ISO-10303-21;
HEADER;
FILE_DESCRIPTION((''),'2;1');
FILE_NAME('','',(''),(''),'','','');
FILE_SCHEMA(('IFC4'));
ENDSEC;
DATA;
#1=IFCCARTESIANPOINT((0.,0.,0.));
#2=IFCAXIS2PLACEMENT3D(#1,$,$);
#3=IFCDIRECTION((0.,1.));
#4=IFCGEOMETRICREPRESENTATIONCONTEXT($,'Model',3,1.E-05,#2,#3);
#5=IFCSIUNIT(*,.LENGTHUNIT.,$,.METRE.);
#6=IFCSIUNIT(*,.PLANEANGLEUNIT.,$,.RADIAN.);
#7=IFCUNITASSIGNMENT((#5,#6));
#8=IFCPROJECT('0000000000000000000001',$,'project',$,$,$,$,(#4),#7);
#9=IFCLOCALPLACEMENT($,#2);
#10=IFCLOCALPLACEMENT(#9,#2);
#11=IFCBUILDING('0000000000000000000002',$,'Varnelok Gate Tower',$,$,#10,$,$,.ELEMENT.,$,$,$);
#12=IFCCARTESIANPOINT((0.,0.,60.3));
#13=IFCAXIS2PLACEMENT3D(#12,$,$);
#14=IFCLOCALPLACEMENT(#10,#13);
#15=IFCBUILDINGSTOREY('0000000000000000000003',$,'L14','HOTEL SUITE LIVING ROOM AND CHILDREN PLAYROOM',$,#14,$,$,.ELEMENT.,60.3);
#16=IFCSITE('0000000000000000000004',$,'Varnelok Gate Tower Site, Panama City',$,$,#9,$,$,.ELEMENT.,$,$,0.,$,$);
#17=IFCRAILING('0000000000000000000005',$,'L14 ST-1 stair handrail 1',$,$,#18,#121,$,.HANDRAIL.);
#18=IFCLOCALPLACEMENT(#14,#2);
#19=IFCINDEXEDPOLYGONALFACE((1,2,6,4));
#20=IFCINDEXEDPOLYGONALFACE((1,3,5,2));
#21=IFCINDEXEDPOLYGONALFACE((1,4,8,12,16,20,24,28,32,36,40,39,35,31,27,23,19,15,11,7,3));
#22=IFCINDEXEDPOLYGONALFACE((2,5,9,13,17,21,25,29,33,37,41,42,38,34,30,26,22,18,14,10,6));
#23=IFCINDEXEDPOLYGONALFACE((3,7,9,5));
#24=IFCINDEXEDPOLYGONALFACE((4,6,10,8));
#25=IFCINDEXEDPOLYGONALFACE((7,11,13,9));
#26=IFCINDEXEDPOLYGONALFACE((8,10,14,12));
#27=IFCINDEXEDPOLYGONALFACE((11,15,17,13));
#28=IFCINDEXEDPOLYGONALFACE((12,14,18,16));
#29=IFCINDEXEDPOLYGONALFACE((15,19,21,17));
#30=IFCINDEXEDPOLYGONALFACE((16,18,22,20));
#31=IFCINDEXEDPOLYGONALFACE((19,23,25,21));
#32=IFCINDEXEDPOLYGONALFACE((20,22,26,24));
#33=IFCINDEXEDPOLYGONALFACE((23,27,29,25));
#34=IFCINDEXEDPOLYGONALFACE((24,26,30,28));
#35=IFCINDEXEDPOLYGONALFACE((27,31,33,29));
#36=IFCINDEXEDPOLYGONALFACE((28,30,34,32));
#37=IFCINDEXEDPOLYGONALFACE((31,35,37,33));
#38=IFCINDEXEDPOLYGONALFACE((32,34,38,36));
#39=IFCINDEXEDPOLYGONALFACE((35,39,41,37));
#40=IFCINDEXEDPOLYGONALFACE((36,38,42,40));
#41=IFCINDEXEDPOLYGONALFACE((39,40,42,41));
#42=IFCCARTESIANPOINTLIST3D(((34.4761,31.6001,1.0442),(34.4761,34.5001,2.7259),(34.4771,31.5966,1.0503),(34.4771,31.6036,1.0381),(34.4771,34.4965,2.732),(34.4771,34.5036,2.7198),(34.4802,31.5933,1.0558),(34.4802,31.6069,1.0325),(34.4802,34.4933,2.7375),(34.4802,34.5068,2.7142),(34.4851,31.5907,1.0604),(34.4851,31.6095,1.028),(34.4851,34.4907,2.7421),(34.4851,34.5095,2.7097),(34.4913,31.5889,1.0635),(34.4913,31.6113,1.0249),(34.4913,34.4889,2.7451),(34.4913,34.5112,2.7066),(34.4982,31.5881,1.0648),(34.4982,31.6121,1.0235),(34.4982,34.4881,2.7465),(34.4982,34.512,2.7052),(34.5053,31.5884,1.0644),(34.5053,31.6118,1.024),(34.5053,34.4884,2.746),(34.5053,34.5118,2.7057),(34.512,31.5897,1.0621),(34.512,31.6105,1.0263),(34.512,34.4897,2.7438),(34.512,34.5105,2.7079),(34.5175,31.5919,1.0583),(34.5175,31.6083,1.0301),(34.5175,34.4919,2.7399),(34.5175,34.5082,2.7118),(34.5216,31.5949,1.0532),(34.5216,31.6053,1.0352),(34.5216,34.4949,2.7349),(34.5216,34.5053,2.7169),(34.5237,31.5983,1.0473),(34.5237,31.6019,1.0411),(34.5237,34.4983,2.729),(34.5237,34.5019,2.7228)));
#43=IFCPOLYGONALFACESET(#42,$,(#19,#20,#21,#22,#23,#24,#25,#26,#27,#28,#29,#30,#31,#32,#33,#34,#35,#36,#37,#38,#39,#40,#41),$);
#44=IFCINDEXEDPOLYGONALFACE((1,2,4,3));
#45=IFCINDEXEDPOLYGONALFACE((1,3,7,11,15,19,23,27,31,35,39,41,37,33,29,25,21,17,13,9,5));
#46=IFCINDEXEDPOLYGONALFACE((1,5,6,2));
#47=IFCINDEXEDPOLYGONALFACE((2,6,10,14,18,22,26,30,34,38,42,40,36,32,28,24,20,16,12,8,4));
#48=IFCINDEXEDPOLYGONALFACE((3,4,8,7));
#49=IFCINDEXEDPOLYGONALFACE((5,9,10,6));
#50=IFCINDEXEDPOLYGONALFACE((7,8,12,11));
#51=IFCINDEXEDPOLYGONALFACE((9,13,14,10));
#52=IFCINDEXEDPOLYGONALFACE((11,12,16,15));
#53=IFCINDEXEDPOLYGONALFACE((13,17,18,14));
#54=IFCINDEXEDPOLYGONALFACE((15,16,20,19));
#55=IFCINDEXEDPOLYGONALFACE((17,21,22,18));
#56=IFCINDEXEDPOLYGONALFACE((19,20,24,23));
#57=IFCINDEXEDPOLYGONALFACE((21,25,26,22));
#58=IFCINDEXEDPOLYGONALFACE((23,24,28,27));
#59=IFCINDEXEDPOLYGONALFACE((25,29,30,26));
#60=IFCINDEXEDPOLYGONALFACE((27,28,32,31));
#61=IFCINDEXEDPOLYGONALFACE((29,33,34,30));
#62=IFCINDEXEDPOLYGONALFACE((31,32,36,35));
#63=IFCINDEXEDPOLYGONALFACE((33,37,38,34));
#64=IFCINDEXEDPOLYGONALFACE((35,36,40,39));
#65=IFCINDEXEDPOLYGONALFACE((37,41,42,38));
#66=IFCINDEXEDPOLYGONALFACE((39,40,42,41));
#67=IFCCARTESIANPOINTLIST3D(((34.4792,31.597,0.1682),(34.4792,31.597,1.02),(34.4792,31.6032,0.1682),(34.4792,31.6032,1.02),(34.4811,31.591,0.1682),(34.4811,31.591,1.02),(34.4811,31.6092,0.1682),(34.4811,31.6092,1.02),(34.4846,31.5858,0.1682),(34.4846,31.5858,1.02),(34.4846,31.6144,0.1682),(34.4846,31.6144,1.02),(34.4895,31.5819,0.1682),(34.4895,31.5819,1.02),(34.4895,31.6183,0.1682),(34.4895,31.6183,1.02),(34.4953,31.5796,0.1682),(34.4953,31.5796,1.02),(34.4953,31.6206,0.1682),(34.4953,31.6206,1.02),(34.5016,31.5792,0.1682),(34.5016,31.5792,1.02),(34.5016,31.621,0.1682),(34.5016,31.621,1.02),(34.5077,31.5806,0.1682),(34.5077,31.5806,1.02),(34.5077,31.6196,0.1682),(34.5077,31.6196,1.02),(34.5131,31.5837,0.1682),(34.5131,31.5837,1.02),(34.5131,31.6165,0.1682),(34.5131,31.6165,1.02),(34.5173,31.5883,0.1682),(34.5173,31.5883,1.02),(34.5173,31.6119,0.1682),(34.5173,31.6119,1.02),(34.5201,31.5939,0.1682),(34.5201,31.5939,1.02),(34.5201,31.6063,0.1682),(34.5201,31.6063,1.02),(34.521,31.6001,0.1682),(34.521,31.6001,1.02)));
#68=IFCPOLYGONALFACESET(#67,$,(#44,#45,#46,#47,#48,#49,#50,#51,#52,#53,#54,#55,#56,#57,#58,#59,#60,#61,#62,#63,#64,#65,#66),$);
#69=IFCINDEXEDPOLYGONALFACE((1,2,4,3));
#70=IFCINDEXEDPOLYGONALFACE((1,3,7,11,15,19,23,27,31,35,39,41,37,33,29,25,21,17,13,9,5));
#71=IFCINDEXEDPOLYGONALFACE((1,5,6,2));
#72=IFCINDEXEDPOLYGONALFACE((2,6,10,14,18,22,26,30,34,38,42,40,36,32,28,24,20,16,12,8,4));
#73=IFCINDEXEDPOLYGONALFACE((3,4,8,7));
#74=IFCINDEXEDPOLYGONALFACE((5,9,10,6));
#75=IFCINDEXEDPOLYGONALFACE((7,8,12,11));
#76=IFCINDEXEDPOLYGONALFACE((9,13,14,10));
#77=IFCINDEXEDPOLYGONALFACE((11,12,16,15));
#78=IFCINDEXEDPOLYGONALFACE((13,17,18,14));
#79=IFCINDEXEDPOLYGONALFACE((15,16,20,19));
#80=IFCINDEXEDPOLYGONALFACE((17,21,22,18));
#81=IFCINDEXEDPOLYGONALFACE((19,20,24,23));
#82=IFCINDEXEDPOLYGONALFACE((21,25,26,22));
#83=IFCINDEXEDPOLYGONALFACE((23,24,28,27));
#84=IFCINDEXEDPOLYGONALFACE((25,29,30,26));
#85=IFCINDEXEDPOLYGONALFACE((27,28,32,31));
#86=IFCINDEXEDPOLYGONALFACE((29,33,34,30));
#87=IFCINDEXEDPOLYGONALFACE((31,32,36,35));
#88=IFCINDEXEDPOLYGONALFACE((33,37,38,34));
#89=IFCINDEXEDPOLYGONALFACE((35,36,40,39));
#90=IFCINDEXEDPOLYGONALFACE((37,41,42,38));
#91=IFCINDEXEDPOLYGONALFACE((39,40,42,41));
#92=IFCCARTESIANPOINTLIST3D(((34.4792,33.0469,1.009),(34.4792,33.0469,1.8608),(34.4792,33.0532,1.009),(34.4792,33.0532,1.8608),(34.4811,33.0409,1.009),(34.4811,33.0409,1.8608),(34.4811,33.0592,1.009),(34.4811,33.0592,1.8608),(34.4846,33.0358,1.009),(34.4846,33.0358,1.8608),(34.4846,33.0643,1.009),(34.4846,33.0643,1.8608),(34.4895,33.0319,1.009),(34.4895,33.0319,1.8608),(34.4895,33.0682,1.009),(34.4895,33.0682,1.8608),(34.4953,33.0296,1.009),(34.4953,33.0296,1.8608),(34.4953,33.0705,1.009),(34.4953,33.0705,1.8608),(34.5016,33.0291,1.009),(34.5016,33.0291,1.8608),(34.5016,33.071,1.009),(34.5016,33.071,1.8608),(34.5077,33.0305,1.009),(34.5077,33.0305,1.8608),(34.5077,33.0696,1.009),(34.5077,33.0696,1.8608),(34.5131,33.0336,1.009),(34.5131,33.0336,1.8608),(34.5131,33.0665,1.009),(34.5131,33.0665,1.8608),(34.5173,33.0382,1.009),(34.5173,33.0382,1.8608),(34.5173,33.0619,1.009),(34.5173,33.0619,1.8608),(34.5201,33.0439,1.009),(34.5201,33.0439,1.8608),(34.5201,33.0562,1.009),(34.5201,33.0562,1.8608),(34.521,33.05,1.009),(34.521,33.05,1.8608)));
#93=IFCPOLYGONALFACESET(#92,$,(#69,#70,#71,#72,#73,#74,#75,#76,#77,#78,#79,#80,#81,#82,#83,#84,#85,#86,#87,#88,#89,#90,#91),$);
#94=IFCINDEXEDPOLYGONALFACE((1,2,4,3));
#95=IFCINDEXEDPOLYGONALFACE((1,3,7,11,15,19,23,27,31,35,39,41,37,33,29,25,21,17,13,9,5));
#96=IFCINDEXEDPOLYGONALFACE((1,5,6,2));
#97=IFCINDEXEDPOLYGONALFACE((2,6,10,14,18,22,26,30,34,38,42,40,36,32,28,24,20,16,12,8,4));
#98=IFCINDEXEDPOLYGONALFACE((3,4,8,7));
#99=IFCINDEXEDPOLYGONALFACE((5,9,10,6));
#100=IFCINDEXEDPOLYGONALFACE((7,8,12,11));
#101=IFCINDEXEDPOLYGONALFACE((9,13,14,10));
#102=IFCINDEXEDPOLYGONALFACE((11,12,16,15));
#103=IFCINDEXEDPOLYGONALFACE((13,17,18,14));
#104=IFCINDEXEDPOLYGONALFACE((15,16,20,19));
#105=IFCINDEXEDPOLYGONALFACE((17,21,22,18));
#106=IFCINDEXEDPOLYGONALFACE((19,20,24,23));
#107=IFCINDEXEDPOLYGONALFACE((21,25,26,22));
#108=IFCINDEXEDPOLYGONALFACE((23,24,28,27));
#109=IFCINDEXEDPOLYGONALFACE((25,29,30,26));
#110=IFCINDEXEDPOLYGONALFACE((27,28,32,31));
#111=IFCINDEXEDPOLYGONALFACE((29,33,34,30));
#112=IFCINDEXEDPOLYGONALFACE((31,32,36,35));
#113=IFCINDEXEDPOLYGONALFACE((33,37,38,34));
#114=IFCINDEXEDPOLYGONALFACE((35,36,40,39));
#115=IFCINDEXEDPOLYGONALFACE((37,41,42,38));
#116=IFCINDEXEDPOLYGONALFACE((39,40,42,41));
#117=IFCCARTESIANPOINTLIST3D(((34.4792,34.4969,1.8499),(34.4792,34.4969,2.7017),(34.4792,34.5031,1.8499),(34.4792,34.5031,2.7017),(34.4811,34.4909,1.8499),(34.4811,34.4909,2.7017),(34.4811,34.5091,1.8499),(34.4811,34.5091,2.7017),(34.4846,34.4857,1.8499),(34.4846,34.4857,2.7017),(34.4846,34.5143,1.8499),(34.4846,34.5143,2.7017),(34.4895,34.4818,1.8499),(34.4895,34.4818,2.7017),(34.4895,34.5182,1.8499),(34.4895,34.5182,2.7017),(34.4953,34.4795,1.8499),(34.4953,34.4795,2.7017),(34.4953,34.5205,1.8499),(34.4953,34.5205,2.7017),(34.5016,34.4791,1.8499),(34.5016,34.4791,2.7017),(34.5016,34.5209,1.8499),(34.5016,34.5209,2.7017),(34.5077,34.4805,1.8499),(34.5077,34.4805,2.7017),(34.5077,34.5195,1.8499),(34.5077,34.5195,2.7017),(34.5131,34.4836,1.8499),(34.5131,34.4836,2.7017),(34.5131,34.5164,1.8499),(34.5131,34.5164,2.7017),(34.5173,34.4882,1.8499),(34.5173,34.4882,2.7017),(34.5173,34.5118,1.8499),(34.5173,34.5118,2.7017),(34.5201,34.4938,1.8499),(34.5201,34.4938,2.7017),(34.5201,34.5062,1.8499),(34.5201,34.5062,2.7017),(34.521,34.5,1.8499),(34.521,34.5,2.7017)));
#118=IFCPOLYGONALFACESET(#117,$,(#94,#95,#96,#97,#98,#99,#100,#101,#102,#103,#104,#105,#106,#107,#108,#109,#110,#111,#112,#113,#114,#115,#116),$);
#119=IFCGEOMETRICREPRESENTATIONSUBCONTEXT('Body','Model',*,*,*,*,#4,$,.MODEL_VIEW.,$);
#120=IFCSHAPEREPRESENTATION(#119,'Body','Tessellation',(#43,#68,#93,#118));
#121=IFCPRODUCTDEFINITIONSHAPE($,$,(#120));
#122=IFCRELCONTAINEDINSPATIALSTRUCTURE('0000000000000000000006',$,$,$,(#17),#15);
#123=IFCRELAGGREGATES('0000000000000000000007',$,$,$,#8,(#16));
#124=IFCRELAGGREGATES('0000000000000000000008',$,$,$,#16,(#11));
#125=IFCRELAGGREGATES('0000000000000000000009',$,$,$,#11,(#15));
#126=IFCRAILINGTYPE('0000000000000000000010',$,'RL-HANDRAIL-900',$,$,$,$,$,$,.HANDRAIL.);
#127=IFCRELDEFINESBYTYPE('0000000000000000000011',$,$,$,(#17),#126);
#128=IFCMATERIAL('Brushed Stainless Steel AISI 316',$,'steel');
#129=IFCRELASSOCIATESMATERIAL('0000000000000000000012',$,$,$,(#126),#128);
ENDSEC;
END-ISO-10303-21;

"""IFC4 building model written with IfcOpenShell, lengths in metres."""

from ifc_helpers import new_model, si_unit, direction, frame, origin, origin_2d, place, context, subcontext, project, spatial, circle, extrude, material, type_object, element, save


model = new_model("IFC4")

# Units and contexts
model_context = context("Model", 3, precision=1e-05, world=origin(), true_north=direction((0.0, 1.0)))
body_context = subcontext(model_context, "Body", "Model", "MODEL_VIEW")
ifc_project = project(units=[si_unit("LENGTHUNIT", "METRE"), si_unit("PLANEANGLEUNIT", "RADIAN")], contexts=[model_context])

# Site, building, storey
site_placement = place(None, origin())
site = spatial("IfcSite", under=ifc_project, at=site_placement, Name="Varnelok Gate Tower Site, Panama City", CompositionType="ELEMENT", RefElevation=0.0)
building_placement = place(site_placement, origin())
building = spatial("IfcBuilding", under=site, at=building_placement, Name="Varnelok Gate Tower", CompositionType="ELEMENT")
storey_placement = place(building_placement, frame((0.0, 0.0, 60.3)))
storey = spatial("IfcBuildingStorey", under=building, at=storey_placement, Name="L14", Description="HOTEL SUITE LIVING ROOM AND CHILDREN PLAYROOM", CompositionType="ELEMENT", Elevation=60.3)

# Railing
ifc_material_1 = material(Name="Brushed Stainless Steel AISI 316", Category="steel")
railing_type_1 = type_object("IfcRailingType", Name="RL-HANDRAIL-900", PredefinedType="HANDRAIL", material=ifc_material_1)
railing_1_placement = place(storey_placement, frame((34.5, 31.6001, 0.1682)))
element("IfcRailing", 1, at=railing_1_placement, inside=storey, type_object=railing_type_1, Name="L14 ST-1 stair handrail 1", PredefinedType="HANDRAIL", context=body_context, shape_type="SweptSolid", body=[
    extrude(circle(Radius=0.0239, at=origin_2d()), frame((0.0, 0.0, 0.876), z_axis=(0.0, 0.86507, 0.501651), x_axis=(-1.0, 0.0, 0.0)), (0.0, 0.0, 1.0), 3.3523),
    extrude(circle(Radius=0.021, at=origin_2d()), origin(), (0.0, 0.0, 1.0), 0.8518),
    extrude(circle(Radius=0.021, at=origin_2d()), frame((0.0, 1.45, 0.8408)), (0.0, 0.0, 1.0), 0.8518),
    extrude(circle(Radius=0.021, at=origin_2d()), frame((0.0, 2.8999, 1.6816)), (0.0, 0.0, 1.0), 0.8518),
])

save(model, "model.ifc")
